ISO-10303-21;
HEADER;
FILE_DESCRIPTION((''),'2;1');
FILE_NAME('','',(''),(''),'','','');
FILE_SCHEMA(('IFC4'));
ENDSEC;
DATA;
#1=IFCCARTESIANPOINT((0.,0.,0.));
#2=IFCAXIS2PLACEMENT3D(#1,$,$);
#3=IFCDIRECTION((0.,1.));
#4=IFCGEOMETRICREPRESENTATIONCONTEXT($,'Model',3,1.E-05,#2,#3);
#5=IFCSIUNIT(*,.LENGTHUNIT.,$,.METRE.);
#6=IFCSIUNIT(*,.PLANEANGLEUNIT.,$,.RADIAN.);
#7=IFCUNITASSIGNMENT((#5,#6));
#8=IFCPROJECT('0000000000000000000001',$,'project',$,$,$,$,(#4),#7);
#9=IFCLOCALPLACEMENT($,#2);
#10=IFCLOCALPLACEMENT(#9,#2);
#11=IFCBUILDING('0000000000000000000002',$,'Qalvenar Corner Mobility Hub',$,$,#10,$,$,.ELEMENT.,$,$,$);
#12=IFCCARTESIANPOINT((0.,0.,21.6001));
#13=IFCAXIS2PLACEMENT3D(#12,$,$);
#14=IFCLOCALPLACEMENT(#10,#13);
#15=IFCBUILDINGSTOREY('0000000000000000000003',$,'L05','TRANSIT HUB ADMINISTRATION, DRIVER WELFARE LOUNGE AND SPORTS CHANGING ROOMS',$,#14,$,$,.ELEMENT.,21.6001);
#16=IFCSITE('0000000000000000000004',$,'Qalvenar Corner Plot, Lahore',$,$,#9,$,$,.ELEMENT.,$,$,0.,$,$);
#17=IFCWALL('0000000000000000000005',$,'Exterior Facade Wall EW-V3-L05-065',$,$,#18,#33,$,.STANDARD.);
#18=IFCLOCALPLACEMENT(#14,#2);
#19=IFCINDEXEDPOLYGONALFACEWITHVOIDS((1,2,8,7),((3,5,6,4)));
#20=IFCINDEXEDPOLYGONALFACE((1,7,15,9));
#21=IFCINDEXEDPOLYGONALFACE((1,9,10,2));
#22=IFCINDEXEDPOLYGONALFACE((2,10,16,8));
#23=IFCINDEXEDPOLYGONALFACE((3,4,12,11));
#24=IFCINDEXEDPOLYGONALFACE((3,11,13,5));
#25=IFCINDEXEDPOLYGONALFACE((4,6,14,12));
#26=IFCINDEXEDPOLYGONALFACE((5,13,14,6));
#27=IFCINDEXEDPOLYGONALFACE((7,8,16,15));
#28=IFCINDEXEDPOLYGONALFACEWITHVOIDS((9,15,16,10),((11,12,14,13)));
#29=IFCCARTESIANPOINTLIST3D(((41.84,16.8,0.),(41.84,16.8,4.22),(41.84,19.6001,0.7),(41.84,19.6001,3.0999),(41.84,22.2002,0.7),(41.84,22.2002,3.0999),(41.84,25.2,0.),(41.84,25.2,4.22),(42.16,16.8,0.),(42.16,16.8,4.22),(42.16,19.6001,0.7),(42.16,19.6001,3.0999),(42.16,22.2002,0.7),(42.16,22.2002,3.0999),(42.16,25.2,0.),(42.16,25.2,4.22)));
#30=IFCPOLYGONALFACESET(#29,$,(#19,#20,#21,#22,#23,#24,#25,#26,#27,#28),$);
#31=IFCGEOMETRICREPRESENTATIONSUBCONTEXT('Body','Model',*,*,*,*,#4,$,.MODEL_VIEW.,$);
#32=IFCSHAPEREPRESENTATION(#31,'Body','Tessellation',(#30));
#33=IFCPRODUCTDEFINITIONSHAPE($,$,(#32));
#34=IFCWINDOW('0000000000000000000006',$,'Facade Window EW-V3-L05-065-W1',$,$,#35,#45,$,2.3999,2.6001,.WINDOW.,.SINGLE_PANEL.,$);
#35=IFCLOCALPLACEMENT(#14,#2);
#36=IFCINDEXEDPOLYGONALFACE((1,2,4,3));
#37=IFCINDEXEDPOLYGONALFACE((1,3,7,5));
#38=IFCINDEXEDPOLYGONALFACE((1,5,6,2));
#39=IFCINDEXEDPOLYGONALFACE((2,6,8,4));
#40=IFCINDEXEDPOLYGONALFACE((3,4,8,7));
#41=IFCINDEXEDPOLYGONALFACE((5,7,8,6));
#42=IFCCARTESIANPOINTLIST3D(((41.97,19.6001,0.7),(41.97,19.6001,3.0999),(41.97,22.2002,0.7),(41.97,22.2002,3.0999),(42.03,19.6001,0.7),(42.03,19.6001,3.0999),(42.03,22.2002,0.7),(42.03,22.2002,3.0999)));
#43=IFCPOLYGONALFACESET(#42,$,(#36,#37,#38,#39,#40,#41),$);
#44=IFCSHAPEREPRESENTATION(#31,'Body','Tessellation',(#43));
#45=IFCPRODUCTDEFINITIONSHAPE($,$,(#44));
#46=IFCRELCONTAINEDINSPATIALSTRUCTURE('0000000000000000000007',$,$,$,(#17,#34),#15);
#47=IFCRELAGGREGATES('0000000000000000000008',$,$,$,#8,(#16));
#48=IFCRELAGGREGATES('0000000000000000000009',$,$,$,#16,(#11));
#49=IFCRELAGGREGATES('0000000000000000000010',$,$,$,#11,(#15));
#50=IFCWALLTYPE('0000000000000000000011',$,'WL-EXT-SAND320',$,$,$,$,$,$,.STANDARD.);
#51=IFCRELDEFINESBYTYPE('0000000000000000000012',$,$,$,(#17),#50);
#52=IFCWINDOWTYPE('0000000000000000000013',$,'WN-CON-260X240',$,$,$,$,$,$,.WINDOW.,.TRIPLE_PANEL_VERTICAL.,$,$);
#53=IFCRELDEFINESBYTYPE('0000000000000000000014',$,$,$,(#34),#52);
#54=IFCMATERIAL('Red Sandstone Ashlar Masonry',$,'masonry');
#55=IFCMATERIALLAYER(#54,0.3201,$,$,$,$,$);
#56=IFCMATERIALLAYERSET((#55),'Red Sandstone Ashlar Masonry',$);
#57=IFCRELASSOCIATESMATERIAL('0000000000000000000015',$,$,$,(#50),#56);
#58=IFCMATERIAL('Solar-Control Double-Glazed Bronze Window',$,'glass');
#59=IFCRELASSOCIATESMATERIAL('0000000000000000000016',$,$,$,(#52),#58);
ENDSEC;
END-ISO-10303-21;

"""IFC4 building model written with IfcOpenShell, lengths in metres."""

from ifc_helpers import new_model, si_unit, direction, frame, frame_2d, origin, place, context, subcontext, project, spatial, rectangle, extrude, material, layer, layer_set, type_object, element, fill, save


model = new_model("IFC4")

# Units and contexts
model_context = context("Model", 3, precision=1e-05, world=origin(), true_north=direction((0.0, 1.0)))
body_context = subcontext(model_context, "Body", "Model", "MODEL_VIEW")
ifc_project = project(units=[si_unit("LENGTHUNIT", "METRE"), si_unit("PLANEANGLEUNIT", "RADIAN")], contexts=[model_context])

# Site, building, storey
site_placement = place(None, origin())
site = spatial("IfcSite", under=ifc_project, at=site_placement, Name="Qalvenar Corner Plot, Lahore", CompositionType="ELEMENT", RefElevation=0.0)
building_placement = place(site_placement, origin())
building = spatial("IfcBuilding", under=site, at=building_placement, Name="Qalvenar Corner Mobility Hub", CompositionType="ELEMENT")
storey_placement = place(building_placement, frame((0.0, 0.0, 21.6001)))
storey = spatial("IfcBuildingStorey", under=building, at=storey_placement, Name="L05", Description="TRANSIT HUB ADMINISTRATION, DRIVER WELFARE LOUNGE AND SPORTS CHANGING ROOMS", CompositionType="ELEMENT", Elevation=21.6001)

# Wall, opening, window
ifc_material_1 = material(Name="Red Sandstone Ashlar Masonry", Category="masonry")
ifc_layer_1 = layer(ifc_material_1, 0.3201)
ifc_layer_set_1 = layer_set([ifc_layer_1], Name="Red Sandstone Ashlar Masonry")
wall_type_1 = type_object("IfcWallType", Name="WL-EXT-SAND320", PredefinedType="STANDARD", material=ifc_layer_set_1)
wall_1_placement = place(storey_placement, frame((42.0, 16.8, 0.0), z_axis=(0.0, 0.0, 1.0), x_axis=(0.0, 1.0, 0.0)))
wall_1 = element("IfcWall", 1, at=wall_1_placement, inside=storey, type_object=wall_type_1, Name="Exterior Facade Wall EW-V3-L05-065", PredefinedType="STANDARD", context=body_context, shape_type="SweptSolid", body=[
    extrude(rectangle(XDim=8.3999, YDim=0.3201, at=frame_2d((4.2, 0.0))), origin(), (0.0, 0.0, 1.0), 4.22),
])
opening_placement = place(wall_1_placement, frame((2.8, 0.0, 0.7)))
opening = element("IfcOpeningElement", 2, at=opening_placement, cuts=wall_1, PredefinedType="OPENING", context=body_context, shape_type="SweptSolid", body=[
    extrude(rectangle(XDim=2.6001, YDim=2.3999, at=frame_2d((1.3, 1.2))), frame((0.0, 0.1699, 0.0), z_axis=(0.0, -1.0, 0.0), x_axis=(1.0, 0.0, 0.0)), (0.0, 0.0, 1.0), 0.3401),
])
ifc_material_2 = material(Name="Solar-Control Double-Glazed Bronze Window", Category="glass")
window_type = type_object("IfcWindowType", Name="WN-CON-260X240", PartitioningType="TRIPLE_PANEL_VERTICAL", PredefinedType="WINDOW", material=ifc_material_2)
window_placement = place(opening_placement, origin())
window = element("IfcWindow", 3, at=window_placement, inside=storey, type_object=window_type, Name="Facade Window EW-V3-L05-065-W1", OverallHeight=2.3999, OverallWidth=2.6001, PartitioningType="SINGLE_PANEL", PredefinedType="WINDOW", context=body_context, shape_type="SweptSolid", body=[
    extrude(rectangle(XDim=2.6001, YDim=2.3999, at=frame_2d((1.3, 1.2))), frame((0.0, 0.03, 0.0), z_axis=(0.0, -1.0, 0.0), x_axis=(1.0, 0.0, 0.0)), (0.0, 0.0, 1.0), 0.0601),
])
fill(opening, window)

save(model, "model.ifc")
